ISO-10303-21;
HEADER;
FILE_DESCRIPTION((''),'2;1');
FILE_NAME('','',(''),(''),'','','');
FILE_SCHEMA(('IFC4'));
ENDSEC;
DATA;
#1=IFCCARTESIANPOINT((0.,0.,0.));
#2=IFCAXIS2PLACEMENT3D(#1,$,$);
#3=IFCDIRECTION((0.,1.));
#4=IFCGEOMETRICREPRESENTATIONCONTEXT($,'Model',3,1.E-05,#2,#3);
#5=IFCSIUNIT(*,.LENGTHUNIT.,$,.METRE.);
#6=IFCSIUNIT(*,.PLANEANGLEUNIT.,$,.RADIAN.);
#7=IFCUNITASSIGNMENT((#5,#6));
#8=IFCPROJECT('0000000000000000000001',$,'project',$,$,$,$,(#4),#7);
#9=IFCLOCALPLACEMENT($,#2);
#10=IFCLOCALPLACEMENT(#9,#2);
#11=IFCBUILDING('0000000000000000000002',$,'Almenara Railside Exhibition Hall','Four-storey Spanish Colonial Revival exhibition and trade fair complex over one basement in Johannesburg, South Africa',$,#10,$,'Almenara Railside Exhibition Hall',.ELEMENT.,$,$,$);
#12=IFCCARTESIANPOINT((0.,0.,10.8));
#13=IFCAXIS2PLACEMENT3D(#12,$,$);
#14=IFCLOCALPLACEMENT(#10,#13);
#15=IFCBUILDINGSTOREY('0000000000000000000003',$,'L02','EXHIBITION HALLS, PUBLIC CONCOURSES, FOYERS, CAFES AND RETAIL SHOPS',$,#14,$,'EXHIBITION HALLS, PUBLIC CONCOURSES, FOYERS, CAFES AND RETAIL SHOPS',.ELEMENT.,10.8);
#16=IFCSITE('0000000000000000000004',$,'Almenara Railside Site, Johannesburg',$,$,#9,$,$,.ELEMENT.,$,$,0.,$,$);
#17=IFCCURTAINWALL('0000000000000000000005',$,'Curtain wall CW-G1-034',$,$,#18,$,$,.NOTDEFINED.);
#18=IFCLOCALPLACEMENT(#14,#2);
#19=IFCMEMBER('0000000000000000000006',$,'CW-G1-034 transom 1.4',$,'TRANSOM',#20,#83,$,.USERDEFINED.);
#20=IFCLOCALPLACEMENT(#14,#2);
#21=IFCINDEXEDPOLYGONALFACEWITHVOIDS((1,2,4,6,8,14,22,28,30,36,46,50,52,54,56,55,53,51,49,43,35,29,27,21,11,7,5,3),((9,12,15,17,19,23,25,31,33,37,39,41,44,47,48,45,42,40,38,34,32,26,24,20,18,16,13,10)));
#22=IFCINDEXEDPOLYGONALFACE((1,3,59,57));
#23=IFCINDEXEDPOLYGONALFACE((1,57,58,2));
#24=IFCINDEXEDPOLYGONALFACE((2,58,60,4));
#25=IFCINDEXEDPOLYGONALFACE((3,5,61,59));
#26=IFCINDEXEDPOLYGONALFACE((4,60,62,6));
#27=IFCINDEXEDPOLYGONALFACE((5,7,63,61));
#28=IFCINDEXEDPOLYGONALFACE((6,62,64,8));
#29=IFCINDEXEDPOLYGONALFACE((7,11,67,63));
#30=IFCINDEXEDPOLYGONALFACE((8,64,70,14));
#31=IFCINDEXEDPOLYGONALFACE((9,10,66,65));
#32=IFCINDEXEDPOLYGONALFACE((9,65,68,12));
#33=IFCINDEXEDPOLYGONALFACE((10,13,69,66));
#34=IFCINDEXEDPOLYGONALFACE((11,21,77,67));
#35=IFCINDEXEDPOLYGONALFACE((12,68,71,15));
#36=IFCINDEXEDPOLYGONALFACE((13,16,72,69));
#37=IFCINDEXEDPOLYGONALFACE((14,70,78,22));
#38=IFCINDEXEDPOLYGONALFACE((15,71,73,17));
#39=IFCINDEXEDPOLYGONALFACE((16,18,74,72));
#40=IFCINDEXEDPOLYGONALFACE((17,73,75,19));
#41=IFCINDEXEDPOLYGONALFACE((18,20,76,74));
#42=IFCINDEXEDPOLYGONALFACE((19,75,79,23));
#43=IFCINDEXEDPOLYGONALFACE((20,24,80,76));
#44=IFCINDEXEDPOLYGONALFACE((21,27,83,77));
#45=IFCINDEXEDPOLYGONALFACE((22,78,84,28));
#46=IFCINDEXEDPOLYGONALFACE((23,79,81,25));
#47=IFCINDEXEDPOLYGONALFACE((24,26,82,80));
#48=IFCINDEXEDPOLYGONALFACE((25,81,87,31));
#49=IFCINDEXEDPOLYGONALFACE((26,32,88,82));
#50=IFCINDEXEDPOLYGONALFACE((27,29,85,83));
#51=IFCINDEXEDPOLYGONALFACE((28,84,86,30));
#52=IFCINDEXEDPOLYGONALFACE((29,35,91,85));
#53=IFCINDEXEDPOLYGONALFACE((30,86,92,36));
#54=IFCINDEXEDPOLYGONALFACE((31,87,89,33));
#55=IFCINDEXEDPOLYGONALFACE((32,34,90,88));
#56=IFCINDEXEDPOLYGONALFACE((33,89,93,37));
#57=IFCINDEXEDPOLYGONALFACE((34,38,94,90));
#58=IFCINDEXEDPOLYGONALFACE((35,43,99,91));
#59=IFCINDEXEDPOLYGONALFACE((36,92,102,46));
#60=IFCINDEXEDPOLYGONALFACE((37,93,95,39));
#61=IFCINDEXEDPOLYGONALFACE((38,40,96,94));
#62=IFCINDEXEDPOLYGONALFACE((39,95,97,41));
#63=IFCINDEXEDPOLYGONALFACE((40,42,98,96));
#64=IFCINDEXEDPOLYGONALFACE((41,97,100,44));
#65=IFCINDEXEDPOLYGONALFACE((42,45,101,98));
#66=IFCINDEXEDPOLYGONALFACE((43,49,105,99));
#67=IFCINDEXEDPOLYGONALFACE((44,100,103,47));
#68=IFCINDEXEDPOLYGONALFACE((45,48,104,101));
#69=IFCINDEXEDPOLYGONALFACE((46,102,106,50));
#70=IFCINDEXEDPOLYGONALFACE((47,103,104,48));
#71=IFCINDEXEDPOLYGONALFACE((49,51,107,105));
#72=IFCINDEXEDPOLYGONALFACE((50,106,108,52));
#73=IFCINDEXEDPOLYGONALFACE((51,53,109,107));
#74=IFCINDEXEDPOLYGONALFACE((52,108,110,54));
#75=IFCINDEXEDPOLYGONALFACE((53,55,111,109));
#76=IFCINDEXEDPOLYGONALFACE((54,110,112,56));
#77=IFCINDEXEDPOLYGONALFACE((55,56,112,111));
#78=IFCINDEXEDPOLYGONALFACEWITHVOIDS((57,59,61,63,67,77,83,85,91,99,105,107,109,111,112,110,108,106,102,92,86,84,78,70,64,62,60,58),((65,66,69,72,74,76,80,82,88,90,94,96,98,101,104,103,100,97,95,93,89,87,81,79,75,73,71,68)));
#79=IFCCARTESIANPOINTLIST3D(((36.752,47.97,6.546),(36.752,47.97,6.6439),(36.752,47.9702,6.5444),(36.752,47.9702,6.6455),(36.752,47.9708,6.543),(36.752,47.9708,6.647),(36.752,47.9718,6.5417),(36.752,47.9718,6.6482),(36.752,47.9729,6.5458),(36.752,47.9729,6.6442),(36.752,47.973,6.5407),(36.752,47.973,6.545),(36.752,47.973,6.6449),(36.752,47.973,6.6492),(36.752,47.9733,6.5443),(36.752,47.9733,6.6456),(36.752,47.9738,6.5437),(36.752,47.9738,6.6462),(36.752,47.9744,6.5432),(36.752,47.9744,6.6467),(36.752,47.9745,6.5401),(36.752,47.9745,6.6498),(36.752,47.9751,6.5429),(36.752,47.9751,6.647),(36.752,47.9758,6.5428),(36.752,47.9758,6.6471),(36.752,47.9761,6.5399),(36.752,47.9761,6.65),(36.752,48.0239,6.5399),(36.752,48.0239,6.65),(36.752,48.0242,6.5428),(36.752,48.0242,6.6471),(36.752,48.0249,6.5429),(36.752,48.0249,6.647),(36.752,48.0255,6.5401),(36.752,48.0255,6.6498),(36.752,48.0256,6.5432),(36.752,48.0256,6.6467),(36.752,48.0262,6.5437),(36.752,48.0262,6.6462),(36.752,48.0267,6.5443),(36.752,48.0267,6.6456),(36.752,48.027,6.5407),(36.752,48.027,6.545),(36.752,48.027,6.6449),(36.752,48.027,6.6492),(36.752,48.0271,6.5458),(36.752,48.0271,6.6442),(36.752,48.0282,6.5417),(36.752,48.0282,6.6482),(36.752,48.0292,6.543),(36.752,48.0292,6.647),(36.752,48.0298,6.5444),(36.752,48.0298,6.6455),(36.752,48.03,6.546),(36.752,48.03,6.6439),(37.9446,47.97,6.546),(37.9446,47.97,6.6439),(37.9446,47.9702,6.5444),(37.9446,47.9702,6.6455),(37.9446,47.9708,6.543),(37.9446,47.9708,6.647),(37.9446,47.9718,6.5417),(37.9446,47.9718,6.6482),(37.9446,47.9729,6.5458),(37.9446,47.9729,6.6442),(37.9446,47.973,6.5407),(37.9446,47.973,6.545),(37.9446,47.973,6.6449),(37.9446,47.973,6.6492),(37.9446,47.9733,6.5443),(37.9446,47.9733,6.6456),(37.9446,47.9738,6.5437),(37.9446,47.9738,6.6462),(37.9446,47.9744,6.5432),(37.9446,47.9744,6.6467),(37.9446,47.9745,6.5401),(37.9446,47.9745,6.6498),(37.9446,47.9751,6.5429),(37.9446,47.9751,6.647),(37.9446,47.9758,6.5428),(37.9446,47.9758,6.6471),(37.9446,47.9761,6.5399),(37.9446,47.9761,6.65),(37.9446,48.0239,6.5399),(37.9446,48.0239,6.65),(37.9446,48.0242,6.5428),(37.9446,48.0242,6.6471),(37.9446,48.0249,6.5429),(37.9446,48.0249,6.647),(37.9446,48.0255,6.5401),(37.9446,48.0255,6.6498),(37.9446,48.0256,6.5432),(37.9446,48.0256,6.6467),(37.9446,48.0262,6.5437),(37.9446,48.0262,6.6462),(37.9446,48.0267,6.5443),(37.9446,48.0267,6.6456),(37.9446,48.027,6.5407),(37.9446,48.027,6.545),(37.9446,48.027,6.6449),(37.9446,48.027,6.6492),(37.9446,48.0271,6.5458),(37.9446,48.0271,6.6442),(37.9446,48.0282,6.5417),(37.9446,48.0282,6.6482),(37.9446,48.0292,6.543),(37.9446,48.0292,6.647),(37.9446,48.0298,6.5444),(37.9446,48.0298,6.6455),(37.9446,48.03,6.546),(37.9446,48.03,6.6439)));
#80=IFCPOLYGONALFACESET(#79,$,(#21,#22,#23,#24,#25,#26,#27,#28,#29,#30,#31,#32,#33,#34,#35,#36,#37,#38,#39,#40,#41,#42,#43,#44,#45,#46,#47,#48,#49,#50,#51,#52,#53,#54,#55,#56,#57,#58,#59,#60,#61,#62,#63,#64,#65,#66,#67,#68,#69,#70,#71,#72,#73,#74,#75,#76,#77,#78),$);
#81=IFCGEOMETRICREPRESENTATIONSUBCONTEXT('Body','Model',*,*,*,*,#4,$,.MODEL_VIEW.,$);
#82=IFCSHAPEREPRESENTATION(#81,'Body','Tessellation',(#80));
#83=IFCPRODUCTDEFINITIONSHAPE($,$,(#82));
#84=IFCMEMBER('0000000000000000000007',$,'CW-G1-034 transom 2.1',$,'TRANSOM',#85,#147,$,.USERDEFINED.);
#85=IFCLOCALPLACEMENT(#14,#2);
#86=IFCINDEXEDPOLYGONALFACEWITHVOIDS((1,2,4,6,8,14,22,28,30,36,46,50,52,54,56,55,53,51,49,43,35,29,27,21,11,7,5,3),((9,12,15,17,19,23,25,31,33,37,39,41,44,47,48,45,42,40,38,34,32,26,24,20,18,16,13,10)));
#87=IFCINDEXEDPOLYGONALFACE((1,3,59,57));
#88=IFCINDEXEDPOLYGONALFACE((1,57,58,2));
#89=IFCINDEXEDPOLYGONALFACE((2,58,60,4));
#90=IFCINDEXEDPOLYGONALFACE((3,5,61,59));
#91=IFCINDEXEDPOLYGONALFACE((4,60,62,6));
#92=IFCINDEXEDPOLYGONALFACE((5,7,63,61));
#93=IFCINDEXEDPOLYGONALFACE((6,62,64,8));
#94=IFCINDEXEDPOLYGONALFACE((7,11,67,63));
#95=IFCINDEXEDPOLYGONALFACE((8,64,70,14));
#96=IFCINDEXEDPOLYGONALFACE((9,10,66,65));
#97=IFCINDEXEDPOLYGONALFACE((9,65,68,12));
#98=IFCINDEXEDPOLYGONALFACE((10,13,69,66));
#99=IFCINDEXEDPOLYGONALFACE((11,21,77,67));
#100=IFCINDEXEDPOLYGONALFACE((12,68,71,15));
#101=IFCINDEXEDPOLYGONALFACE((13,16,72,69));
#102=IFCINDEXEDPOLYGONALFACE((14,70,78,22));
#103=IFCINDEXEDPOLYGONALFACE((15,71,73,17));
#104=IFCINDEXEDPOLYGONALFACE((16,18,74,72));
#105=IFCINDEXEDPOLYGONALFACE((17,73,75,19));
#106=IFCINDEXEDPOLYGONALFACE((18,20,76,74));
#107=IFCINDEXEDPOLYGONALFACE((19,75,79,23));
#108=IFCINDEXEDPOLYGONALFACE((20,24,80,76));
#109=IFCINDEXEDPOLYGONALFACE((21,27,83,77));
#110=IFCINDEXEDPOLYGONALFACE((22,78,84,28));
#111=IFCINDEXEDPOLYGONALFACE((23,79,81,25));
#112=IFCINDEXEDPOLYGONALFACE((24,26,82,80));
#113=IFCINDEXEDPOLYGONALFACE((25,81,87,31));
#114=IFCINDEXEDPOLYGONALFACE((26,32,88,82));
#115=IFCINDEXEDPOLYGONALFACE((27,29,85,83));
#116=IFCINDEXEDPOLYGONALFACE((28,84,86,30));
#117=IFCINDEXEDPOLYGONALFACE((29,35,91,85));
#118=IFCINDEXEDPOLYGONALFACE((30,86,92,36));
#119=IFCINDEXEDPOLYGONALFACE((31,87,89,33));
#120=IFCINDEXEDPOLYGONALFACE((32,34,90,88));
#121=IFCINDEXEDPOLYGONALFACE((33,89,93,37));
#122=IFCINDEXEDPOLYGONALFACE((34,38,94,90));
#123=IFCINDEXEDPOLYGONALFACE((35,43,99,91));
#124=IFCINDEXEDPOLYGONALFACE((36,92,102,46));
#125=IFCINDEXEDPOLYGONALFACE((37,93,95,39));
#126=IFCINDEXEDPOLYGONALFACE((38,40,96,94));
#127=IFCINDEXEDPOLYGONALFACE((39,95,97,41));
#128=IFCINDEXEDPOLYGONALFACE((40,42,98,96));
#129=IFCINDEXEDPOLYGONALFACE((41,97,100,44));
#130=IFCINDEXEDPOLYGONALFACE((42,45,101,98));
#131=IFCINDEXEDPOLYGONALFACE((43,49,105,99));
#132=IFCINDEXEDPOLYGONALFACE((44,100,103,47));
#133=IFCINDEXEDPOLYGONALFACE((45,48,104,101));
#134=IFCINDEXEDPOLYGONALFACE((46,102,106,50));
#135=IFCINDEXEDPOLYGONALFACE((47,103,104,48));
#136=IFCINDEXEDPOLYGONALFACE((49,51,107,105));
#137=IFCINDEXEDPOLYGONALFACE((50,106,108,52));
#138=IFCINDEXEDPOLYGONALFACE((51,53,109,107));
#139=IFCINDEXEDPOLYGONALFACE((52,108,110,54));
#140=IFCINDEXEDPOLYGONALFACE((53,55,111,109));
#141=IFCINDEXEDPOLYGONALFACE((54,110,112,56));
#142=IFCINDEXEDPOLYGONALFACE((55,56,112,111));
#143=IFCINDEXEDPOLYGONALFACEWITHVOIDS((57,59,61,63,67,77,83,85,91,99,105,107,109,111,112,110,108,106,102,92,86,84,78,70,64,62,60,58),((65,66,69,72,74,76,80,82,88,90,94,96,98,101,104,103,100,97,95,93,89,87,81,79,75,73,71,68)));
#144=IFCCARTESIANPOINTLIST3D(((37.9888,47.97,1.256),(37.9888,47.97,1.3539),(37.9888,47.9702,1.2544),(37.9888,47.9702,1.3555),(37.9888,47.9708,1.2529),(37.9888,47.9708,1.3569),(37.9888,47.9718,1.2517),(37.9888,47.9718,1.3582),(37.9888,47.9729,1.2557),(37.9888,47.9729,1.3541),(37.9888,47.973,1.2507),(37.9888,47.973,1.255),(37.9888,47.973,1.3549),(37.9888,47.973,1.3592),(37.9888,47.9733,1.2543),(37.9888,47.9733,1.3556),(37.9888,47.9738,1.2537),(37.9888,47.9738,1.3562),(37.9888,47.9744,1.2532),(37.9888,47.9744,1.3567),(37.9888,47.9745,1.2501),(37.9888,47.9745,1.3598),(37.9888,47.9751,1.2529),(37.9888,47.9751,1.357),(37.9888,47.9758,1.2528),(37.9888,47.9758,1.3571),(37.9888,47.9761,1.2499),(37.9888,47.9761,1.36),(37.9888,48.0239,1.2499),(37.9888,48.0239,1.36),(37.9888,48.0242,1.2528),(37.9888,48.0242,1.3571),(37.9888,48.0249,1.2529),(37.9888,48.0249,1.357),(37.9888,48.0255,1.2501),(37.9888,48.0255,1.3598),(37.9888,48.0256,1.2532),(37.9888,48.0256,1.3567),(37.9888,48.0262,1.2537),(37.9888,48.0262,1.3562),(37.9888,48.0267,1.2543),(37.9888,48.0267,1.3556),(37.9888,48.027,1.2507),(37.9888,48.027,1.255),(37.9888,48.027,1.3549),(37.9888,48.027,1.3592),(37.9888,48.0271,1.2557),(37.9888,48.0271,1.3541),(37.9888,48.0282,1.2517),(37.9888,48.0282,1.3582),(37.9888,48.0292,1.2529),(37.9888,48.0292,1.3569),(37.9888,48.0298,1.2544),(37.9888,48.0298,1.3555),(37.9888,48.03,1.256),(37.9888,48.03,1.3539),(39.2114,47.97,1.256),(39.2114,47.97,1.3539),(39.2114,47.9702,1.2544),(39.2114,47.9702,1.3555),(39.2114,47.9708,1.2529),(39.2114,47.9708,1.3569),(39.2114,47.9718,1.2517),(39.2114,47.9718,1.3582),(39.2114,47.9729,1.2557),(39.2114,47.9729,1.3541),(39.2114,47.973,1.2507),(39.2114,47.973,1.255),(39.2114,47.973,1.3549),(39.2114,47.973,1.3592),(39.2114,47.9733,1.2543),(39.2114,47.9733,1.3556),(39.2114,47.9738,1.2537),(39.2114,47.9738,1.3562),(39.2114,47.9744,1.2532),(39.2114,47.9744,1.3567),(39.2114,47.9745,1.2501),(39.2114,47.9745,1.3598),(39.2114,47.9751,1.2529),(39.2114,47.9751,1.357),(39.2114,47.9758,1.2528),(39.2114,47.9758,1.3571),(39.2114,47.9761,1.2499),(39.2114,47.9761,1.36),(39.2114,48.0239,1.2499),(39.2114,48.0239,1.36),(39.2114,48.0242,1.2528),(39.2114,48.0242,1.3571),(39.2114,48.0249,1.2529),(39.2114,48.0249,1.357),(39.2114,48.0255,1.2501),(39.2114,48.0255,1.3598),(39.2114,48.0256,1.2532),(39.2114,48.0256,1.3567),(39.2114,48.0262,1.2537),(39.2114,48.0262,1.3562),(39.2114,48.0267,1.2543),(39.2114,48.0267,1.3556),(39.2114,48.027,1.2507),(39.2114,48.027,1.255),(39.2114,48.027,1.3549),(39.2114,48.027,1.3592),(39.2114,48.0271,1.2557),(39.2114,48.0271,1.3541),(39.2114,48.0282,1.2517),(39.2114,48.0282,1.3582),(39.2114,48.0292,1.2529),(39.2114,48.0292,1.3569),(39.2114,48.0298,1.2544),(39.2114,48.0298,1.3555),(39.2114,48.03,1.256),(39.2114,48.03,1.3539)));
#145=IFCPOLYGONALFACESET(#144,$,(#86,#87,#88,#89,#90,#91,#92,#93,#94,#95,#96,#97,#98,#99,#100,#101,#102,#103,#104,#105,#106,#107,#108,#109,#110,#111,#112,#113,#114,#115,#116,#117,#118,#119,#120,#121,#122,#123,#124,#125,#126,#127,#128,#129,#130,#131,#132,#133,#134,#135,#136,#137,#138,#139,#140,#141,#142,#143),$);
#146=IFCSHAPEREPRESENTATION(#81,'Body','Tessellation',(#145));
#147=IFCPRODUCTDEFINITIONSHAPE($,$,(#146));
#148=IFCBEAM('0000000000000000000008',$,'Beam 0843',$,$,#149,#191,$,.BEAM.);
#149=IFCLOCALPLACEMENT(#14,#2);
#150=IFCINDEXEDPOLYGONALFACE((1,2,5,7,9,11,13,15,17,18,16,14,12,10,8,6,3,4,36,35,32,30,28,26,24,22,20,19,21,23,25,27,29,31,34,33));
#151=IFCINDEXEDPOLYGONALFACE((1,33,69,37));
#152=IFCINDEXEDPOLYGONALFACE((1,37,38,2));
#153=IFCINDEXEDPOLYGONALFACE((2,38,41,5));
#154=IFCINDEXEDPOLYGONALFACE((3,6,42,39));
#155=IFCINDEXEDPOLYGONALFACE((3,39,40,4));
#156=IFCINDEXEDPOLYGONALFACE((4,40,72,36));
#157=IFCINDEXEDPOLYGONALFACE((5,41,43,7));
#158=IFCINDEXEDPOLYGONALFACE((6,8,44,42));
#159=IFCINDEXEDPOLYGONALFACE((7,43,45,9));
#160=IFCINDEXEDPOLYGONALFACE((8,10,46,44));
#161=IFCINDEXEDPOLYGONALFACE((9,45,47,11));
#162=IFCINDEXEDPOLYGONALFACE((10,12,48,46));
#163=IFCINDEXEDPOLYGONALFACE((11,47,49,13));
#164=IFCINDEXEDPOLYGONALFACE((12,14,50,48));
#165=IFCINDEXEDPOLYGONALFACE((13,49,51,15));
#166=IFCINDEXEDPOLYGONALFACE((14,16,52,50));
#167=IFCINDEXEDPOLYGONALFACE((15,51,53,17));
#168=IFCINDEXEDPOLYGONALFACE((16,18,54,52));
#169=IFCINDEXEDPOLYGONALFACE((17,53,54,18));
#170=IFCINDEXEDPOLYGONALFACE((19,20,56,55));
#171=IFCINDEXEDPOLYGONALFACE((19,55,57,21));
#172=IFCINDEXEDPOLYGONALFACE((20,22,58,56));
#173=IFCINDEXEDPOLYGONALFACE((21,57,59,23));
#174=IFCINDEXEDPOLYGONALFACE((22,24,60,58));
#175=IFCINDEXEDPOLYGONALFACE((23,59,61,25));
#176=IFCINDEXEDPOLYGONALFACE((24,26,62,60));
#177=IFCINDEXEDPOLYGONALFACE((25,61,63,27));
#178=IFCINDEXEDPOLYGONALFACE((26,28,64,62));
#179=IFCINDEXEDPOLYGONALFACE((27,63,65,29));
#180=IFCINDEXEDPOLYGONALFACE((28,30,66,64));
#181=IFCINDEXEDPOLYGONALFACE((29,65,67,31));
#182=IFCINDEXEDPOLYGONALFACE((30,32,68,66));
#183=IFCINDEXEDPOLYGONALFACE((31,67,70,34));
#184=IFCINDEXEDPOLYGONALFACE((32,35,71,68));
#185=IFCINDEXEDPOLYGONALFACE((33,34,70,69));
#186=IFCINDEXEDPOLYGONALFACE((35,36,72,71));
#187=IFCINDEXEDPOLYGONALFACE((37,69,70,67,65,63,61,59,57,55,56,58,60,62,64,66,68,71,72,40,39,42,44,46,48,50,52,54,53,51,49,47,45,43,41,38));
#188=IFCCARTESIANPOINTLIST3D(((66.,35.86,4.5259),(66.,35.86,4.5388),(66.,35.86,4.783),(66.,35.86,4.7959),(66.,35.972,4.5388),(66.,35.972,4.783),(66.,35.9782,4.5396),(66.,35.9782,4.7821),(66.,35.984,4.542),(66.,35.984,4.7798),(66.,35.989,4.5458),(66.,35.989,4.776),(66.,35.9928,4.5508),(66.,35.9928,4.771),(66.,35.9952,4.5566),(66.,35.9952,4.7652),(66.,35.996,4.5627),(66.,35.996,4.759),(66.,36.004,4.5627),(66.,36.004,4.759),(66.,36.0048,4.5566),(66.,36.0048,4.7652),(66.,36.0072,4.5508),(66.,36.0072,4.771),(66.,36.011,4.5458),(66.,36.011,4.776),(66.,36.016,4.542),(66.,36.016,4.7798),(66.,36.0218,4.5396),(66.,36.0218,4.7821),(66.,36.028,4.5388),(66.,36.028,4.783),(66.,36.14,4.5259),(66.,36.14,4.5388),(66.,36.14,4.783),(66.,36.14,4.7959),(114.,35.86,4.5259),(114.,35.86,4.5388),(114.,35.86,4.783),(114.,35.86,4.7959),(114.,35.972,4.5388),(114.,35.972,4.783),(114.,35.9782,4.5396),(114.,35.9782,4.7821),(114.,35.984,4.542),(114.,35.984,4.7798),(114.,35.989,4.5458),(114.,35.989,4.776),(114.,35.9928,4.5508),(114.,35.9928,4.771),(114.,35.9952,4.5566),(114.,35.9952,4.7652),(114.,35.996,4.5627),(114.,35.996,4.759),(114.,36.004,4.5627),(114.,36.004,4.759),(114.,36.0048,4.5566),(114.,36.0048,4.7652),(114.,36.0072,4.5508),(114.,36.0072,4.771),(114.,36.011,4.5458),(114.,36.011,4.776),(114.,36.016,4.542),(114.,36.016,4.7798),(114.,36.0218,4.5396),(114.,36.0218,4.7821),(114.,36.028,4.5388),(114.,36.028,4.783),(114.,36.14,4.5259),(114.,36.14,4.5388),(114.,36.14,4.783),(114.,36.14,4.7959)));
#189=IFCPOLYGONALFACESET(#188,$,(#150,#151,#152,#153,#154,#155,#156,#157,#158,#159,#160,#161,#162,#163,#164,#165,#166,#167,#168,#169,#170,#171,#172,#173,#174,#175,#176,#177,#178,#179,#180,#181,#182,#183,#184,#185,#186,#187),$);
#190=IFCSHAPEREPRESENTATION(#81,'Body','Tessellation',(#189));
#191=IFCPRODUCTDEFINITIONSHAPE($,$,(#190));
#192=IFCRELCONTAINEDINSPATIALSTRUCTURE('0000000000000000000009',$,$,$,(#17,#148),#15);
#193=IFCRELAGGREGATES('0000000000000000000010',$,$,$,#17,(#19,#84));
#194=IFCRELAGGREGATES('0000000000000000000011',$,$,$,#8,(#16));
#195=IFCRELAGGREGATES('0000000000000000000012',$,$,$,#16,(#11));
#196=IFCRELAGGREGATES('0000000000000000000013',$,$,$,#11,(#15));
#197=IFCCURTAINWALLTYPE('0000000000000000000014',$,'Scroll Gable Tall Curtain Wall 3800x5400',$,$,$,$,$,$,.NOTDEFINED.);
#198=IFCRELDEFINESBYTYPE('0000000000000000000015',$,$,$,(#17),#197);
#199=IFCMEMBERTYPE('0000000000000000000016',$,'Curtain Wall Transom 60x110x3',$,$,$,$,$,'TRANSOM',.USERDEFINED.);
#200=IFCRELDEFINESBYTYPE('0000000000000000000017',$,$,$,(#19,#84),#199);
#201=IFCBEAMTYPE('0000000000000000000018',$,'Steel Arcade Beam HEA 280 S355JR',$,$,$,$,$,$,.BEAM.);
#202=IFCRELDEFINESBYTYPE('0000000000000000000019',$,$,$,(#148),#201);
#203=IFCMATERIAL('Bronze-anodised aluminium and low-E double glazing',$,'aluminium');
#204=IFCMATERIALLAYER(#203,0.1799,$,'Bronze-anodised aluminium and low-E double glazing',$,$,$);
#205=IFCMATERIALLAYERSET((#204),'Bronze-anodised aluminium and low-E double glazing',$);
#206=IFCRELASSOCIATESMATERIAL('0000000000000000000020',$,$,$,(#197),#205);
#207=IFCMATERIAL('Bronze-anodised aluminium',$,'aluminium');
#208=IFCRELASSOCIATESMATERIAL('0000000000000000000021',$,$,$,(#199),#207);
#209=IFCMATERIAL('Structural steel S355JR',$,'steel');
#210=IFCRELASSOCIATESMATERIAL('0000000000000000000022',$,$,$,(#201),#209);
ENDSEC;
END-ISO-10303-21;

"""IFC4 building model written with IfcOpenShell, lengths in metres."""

from ifc_helpers import new_model, si_unit, direction, frame, origin, origin_2d, place, context, subcontext, project, spatial, hollow_rectangle, i_section, extrude, material, layer, layer_set, material_profile, profile_set, type_object, element, aggregate, save


model = new_model("IFC4")

# Units and contexts
model_context = context("Model", 3, precision=1e-05, world=origin(), true_north=direction((0.0, 1.0)))
body_context = subcontext(model_context, "Body", "Model", "MODEL_VIEW")
ifc_project = project(units=[si_unit("LENGTHUNIT", "METRE"), si_unit("PLANEANGLEUNIT", "RADIAN")], contexts=[model_context])

# Site, building, storey
site_placement = place(None, origin())
site = spatial("IfcSite", under=ifc_project, at=site_placement, Name="Almenara Railside Site, Johannesburg", CompositionType="ELEMENT", RefElevation=0.0)
building_placement = place(site_placement, origin())
building = spatial("IfcBuilding", under=site, at=building_placement, Name="Almenara Railside Exhibition Hall", Description="Four-storey Spanish Colonial Revival exhibition and trade fair complex over one basement in Johannesburg, South Africa", LongName="Almenara Railside Exhibition Hall", CompositionType="ELEMENT")
storey_placement = place(building_placement, frame((0.0, 0.0, 10.8)))
storey = spatial("IfcBuildingStorey", under=building, at=storey_placement, Name="L02", Description="EXHIBITION HALLS, PUBLIC CONCOURSES, FOYERS, CAFES AND RETAIL SHOPS", LongName="EXHIBITION HALLS, PUBLIC CONCOURSES, FOYERS, CAFES AND RETAIL SHOPS", CompositionType="ELEMENT", Elevation=10.8)

# Shared definitions
ifc_material_1 = material(Name="Structural steel S355JR", Category="steel")

# Curtain wall
ifc_material_2 = material(Name="Bronze-anodised aluminium and low-E double glazing", Category="aluminium")
ifc_layer_1 = layer(ifc_material_2, 0.1799, Name="Bronze-anodised aluminium and low-E double glazing")
ifc_layer_set_1 = layer_set([ifc_layer_1], Name="Bronze-anodised aluminium and low-E double glazing")
curtain_wall_type = type_object("IfcCurtainWallType", Name="Scroll Gable Tall Curtain Wall 3800x5400", PredefinedType="NOTDEFINED", material=ifc_layer_set_1)
curtain_wall_1_placement = place(storey_placement, origin())
curtain_wall_1 = element("IfcCurtainWall", 1, at=curtain_wall_1_placement, inside=storey, type_object=curtain_wall_type, Name="Curtain wall CW-G1-034", PredefinedType="NOTDEFINED")
ifc_material_3 = material(Name="Bronze-anodised aluminium", Category="aluminium")

# Members
ifc_material_profile_1 = material_profile(ifc_material_3, hollow_rectangle(XDim=0.0601, YDim=0.1101, WallThickness=0.0029, InnerFilletRadius=0.0029, OuterFilletRadius=0.0061, at=origin_2d()), Name="ALU-TRN 60x110x3")
ifc_profile_set_1 = profile_set([ifc_material_profile_1], Name="Bronze-anodised aluminium")
member_type_1 = type_object("IfcMemberType", Name="Curtain Wall Transom 60x110x3", ElementType="TRANSOM", PredefinedType="USERDEFINED", material=ifc_profile_set_1)
member_1_placement = place(storey_placement, frame((36.752, 48.0, 6.595), z_axis=(1.0, 0.0, 0.0), x_axis=(0.0, 1.0, 0.0)))
member_1 = element("IfcMember", 2, at=member_1_placement, type_object=member_type_1, Name="CW-G1-034 transom 1.4", ObjectType="TRANSOM", PredefinedType="USERDEFINED", context=body_context, shape_type="SweptSolid", body=[
    extrude(hollow_rectangle(XDim=0.0601, YDim=0.1101, WallThickness=0.0029, InnerFilletRadius=0.0029, OuterFilletRadius=0.0061, at=origin_2d()), origin(), (0.0, 0.0, 1.0), 1.1926),
])
member_2_placement = place(storey_placement, frame((37.9888, 48.0, 1.3049), z_axis=(1.0, 0.0, 0.0), x_axis=(0.0, 1.0, 0.0)))
member_2 = element("IfcMember", 3, at=member_2_placement, type_object=member_type_1, Name="CW-G1-034 transom 2.1", ObjectType="TRANSOM", PredefinedType="USERDEFINED", context=body_context, shape_type="SweptSolid", body=[
    extrude(hollow_rectangle(XDim=0.0601, YDim=0.1101, WallThickness=0.0029, InnerFilletRadius=0.0029, OuterFilletRadius=0.0061, at=origin_2d()), origin(), (0.0, 0.0, 1.0), 1.2227),
])

# Beam
ifc_material_profile_2 = material_profile(ifc_material_1, i_section(OverallWidth=0.28, OverallDepth=0.27, WebThickness=0.0081, FlangeThickness=0.0129, FilletRadius=0.0239, at=origin_2d()), Name="HEA 280")
ifc_profile_set_2 = profile_set([ifc_material_profile_2], Name="Structural steel S355JR")
beam_type_1 = type_object("IfcBeamType", Name="Steel Arcade Beam HEA 280 S355JR", PredefinedType="BEAM", material=ifc_profile_set_2)
beam_1_placement = place(storey_placement, frame((66.0, 36.0, 4.6609), z_axis=(1.0, 0.0, 0.0), x_axis=(0.0, 1.0, 0.0)))
element("IfcBeam", 4, at=beam_1_placement, inside=storey, type_object=beam_type_1, Name="Beam 0843", PredefinedType="BEAM", context=body_context, shape_type="SweptSolid", body=[
    extrude(i_section(OverallWidth=0.28, OverallDepth=0.27, WebThickness=0.0081, FlangeThickness=0.0129, FilletRadius=0.0239, at=origin_2d()), origin(), (0.0, 0.0, 1.0), 48.0),
])

aggregate(curtain_wall_1, [member_1, member_2])

save(model, "model.ifc")
